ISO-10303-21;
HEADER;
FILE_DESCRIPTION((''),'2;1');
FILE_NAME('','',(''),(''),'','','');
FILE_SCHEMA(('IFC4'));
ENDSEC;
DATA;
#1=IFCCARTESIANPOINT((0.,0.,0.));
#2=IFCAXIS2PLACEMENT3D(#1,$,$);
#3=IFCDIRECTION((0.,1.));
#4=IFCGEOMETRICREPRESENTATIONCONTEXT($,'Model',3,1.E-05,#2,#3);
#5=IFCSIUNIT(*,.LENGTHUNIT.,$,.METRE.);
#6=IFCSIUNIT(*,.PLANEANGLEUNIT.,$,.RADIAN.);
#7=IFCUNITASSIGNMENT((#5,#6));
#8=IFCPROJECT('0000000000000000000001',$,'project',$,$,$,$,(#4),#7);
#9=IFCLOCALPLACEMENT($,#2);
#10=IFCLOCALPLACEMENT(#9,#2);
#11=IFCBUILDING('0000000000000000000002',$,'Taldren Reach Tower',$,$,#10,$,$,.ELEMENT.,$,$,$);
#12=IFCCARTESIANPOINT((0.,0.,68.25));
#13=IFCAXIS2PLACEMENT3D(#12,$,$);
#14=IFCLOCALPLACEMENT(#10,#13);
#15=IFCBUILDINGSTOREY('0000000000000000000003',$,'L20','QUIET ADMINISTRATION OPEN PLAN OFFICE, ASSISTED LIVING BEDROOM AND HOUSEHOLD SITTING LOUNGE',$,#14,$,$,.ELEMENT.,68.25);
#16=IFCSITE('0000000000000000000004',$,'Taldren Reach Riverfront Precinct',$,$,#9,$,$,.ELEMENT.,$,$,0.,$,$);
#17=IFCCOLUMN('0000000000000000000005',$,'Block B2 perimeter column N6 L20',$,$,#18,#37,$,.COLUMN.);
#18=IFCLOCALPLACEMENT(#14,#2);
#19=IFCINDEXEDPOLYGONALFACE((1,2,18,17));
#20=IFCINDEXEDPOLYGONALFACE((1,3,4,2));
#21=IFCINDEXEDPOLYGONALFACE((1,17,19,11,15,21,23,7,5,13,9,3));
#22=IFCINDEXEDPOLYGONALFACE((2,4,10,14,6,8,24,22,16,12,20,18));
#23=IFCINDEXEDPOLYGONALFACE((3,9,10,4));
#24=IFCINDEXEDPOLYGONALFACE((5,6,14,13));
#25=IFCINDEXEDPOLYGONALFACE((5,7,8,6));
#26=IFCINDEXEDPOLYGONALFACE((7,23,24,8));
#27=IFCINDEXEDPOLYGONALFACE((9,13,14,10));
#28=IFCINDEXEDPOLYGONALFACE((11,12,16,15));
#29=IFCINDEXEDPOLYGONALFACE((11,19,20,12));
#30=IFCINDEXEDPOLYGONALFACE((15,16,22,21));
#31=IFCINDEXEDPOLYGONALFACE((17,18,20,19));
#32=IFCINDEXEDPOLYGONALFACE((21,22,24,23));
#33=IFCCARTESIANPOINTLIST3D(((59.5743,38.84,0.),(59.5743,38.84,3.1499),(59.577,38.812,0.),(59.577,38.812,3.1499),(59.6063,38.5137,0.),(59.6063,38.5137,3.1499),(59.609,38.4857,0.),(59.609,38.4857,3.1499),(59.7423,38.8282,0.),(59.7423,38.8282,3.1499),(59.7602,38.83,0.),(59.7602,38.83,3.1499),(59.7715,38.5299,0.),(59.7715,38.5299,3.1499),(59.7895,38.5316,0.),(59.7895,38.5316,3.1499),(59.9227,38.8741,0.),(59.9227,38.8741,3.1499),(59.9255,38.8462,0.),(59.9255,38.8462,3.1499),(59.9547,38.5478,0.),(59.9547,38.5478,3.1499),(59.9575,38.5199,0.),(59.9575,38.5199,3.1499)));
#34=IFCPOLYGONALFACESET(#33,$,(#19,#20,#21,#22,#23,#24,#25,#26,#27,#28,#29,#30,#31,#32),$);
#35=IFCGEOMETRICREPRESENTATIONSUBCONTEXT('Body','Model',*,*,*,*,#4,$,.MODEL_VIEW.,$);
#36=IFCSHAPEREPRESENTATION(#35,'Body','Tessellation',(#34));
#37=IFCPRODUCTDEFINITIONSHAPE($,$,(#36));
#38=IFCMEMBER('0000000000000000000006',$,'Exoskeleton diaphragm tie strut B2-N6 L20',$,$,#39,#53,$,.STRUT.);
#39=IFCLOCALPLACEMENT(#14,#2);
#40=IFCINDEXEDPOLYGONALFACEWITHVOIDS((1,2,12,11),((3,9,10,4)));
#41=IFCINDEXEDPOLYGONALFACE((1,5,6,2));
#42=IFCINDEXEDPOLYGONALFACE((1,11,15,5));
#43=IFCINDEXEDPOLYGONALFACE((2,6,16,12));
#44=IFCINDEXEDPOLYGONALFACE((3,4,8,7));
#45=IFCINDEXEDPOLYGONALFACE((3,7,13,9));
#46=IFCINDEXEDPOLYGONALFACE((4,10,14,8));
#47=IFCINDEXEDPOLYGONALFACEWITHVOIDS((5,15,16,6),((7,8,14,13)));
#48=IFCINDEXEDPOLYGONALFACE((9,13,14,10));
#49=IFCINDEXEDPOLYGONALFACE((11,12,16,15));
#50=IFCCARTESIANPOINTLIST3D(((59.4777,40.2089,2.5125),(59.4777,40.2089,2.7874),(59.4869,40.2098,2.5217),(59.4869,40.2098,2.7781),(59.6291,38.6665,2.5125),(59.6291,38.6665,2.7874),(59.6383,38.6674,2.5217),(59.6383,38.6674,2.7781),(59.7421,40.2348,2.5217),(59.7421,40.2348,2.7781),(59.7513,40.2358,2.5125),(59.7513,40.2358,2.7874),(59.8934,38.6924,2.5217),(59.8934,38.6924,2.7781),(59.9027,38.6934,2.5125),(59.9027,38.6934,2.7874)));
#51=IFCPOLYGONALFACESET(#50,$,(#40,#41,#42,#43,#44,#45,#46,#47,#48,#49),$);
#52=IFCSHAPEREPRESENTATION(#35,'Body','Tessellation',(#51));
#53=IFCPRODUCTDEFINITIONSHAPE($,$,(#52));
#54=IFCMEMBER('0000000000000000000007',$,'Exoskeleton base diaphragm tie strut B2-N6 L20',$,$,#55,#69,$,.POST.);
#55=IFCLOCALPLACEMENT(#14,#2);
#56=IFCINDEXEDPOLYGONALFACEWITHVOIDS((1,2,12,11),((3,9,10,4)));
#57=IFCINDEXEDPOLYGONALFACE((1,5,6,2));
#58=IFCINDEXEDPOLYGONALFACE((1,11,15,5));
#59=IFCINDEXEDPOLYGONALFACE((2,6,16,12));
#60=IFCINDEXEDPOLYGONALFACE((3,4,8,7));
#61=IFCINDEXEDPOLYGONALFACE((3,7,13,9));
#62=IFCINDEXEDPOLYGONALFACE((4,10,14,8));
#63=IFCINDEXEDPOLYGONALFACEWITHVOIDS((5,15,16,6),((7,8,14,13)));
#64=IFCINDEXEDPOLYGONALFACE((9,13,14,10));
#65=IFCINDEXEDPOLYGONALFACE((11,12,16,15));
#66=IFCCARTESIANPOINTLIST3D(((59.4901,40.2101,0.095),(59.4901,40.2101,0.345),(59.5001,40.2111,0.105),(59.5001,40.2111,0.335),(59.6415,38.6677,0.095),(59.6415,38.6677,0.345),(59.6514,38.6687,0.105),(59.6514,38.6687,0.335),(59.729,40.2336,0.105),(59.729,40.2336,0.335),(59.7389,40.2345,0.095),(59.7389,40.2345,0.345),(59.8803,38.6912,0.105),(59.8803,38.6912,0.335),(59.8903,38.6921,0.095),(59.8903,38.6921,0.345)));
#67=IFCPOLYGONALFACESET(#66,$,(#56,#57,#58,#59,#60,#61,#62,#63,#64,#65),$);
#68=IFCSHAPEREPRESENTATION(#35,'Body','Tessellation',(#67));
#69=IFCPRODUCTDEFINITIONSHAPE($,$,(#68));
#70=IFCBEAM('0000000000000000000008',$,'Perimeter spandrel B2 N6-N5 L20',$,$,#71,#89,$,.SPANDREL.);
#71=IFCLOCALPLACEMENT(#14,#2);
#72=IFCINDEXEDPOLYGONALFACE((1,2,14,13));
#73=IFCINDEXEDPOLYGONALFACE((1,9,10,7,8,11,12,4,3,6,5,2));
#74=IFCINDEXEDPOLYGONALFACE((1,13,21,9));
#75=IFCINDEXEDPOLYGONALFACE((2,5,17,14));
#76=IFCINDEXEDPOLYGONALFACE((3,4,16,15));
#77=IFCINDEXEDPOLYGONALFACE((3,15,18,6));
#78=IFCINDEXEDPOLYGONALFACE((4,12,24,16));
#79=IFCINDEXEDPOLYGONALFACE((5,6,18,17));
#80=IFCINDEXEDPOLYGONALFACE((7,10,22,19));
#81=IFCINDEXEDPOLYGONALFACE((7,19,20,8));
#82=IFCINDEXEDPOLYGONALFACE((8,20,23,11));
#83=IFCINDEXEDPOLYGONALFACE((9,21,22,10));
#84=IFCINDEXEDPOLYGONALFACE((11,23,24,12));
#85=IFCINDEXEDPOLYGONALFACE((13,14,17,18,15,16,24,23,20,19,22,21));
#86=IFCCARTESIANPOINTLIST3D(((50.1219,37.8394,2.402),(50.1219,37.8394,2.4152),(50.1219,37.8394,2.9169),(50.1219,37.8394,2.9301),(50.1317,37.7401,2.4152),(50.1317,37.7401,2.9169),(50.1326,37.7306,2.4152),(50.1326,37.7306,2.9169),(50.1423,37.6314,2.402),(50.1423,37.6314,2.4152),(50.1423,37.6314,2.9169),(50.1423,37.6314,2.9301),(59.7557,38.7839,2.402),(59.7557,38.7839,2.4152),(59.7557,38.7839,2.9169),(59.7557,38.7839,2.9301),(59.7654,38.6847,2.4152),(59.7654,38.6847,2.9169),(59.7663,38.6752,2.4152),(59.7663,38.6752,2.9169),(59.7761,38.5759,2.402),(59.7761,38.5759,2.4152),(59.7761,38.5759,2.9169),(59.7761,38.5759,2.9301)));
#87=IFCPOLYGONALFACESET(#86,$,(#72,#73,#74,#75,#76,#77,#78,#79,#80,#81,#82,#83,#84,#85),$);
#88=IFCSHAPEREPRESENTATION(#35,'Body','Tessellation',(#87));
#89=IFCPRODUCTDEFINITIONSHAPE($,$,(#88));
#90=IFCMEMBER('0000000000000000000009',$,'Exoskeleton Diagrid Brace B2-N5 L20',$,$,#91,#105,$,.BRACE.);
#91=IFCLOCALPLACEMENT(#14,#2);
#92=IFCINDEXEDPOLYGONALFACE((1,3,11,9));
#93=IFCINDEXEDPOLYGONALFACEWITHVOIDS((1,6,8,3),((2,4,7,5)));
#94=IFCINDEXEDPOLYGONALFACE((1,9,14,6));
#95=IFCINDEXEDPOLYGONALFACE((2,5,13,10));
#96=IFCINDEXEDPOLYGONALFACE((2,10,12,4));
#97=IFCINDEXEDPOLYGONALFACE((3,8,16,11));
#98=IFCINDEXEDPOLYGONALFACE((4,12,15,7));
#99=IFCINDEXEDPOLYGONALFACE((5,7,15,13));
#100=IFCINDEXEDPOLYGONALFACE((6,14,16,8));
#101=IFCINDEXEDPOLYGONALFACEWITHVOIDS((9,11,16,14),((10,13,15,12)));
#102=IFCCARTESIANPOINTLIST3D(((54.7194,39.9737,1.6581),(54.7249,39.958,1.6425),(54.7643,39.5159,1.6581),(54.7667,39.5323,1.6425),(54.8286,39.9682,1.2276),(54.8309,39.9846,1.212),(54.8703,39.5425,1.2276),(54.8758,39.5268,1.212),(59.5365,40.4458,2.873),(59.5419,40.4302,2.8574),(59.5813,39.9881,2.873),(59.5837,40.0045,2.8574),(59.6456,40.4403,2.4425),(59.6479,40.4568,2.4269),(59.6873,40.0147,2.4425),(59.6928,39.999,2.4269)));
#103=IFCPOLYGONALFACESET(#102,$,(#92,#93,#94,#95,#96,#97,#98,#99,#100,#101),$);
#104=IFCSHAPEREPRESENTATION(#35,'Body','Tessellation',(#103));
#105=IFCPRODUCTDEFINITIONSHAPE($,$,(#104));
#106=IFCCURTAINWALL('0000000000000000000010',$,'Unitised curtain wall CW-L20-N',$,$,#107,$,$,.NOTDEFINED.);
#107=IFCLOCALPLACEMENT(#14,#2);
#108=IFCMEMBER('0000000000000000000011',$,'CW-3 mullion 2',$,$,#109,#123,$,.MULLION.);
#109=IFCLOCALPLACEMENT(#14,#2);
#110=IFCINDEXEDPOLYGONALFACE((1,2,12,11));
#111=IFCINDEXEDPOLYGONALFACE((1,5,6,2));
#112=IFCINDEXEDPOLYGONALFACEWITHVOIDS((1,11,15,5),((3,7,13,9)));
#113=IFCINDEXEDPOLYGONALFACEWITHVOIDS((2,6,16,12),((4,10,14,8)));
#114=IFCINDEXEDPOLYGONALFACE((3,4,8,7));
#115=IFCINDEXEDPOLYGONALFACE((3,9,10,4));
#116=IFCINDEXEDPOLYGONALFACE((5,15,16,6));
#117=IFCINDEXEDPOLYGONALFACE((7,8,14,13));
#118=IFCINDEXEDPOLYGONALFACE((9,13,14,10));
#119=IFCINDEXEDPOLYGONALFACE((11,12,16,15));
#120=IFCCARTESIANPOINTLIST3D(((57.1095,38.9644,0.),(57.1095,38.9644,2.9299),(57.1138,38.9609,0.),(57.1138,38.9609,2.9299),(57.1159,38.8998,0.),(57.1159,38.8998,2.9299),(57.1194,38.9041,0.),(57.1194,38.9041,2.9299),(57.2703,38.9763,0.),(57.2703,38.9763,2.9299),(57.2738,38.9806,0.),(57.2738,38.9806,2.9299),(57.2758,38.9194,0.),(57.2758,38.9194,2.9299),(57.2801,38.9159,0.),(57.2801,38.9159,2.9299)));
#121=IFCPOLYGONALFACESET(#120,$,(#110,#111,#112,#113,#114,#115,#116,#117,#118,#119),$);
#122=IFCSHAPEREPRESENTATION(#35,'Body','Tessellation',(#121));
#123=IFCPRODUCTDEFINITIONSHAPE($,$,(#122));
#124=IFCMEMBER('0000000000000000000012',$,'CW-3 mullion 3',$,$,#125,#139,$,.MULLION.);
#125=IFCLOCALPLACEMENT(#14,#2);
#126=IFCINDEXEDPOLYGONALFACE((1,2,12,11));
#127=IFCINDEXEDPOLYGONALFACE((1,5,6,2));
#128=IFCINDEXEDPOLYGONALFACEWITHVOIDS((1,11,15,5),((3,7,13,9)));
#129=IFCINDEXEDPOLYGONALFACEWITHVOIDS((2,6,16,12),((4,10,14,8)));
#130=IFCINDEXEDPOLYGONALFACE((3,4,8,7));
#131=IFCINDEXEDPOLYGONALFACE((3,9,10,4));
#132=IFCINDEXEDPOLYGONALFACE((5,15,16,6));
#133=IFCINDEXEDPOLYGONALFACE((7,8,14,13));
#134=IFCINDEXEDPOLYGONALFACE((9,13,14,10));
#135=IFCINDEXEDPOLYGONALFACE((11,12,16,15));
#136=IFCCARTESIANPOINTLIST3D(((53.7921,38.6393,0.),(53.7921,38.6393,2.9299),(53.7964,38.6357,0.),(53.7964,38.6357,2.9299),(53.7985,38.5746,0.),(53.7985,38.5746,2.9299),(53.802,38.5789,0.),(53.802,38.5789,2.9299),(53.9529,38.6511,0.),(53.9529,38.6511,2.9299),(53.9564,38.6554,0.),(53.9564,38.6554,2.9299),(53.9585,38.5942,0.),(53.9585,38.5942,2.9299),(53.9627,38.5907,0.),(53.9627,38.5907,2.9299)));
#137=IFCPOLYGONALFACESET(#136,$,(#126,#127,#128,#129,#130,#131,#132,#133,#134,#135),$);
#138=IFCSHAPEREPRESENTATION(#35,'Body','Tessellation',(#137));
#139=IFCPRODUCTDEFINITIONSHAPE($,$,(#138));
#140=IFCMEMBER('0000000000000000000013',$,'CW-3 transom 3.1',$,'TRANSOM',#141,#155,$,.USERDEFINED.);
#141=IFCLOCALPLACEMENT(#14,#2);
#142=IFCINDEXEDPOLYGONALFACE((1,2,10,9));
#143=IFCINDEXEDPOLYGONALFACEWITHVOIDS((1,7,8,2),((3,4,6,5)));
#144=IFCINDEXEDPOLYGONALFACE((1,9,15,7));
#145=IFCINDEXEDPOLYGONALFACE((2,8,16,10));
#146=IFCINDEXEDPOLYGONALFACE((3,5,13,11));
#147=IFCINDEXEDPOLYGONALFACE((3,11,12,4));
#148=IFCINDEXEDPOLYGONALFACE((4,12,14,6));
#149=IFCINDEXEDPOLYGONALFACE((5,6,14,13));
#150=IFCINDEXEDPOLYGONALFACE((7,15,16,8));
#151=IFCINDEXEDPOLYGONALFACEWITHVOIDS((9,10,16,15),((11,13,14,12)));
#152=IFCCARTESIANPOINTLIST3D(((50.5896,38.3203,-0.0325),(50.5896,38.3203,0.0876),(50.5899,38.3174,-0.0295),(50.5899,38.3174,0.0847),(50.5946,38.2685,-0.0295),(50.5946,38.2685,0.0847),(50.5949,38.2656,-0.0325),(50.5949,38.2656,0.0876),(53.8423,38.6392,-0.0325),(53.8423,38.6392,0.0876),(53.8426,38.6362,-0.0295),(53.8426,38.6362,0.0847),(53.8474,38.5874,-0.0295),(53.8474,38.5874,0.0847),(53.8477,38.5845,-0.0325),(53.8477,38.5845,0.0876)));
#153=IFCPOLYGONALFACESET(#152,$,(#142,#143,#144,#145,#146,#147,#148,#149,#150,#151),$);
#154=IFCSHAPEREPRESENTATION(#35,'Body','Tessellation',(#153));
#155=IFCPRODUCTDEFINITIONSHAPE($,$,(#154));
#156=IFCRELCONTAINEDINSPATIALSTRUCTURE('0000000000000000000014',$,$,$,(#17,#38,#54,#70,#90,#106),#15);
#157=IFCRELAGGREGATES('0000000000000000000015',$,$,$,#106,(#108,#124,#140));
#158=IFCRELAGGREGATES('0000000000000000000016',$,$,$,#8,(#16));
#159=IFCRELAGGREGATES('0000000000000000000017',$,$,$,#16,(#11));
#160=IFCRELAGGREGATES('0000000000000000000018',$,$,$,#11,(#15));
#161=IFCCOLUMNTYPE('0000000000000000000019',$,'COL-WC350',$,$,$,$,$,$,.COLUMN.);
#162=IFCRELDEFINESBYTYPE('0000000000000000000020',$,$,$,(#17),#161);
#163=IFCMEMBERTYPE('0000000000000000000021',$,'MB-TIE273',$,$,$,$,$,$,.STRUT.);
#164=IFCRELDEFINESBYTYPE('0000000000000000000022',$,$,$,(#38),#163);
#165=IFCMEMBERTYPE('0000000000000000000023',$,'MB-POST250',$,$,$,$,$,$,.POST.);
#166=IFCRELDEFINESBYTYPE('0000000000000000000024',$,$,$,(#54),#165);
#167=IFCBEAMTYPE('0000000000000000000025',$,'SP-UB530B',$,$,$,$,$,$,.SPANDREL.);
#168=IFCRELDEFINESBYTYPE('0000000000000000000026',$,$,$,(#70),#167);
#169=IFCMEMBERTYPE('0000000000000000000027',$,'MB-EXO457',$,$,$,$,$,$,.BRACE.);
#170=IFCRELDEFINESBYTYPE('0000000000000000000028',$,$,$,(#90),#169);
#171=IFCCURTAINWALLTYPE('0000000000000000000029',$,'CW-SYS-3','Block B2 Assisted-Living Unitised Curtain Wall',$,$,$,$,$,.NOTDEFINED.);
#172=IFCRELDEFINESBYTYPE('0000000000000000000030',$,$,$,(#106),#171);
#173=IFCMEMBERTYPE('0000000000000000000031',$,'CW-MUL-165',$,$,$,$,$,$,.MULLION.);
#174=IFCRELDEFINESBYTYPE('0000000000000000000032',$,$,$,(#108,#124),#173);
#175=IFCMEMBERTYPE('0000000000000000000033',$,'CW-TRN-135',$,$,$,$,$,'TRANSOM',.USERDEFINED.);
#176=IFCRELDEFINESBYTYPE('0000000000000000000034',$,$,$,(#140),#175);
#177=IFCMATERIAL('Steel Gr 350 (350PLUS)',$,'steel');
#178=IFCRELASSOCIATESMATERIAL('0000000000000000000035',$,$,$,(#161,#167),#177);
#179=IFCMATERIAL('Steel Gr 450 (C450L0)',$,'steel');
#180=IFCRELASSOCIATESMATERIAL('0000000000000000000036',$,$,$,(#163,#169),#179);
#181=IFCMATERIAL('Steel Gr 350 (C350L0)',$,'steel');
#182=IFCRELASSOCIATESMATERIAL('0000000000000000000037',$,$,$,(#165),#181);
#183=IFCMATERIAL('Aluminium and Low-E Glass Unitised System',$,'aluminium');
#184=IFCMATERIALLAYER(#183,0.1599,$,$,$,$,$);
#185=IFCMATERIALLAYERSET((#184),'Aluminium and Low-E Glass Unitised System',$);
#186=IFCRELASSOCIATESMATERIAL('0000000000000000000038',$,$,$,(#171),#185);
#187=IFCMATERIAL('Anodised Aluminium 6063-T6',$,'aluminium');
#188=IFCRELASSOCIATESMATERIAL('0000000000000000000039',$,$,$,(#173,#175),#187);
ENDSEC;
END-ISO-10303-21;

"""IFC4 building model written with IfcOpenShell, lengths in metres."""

from ifc_helpers import new_model, si_unit, direction, frame, origin, origin_2d, place, context, subcontext, project, spatial, hollow_rectangle, i_section, extrude, source, transform, mapped, material, layer, layer_set, material_profile, profile_set, type_object, element, aggregate, save


model = new_model("IFC4")

# Units and contexts
model_context = context("Model", 3, precision=1e-05, world=origin(), true_north=direction((0.0, 1.0)))
body_context = subcontext(model_context, "Body", "Model", "MODEL_VIEW")
ifc_project = project(units=[si_unit("LENGTHUNIT", "METRE"), si_unit("PLANEANGLEUNIT", "RADIAN")], contexts=[model_context])

# Site, building, storey
site_placement = place(None, origin())
site = spatial("IfcSite", under=ifc_project, at=site_placement, Name="Taldren Reach Riverfront Precinct", CompositionType="ELEMENT", RefElevation=0.0)
building_placement = place(site_placement, origin())
building = spatial("IfcBuilding", under=site, at=building_placement, Name="Taldren Reach Tower", CompositionType="ELEMENT")
storey_placement = place(building_placement, frame((0.0, 0.0, 68.25)))
storey = spatial("IfcBuildingStorey", under=building, at=storey_placement, Name="L20", Description="QUIET ADMINISTRATION OPEN PLAN OFFICE, ASSISTED LIVING BEDROOM AND HOUSEHOLD SITTING LOUNGE", CompositionType="ELEMENT", Elevation=68.25)

# Column
ifc_material_1 = material(Name="Steel Gr 350 (350PLUS)", Category="steel")
ifc_material_profile_1 = material_profile(ifc_material_1, i_section(OverallWidth=0.3501, OverallDepth=0.356, WebThickness=0.0181, FlangeThickness=0.0281, at=origin_2d()), Name="350WC197")
ifc_profile_set_1 = profile_set([ifc_material_profile_1], Name="Steel Gr 350 (350PLUS)")
column_type = type_object("IfcColumnType", Name="COL-WC350", PredefinedType="COLUMN", material=ifc_profile_set_1)
shared_shape_1 = source(origin(), body_context, "Body", "SweptSolid", [
    extrude(i_section(OverallWidth=0.3501, OverallDepth=0.356, WebThickness=0.0181, FlangeThickness=0.0281, at=origin_2d()), origin(), (0.0, 0.0, 1.0), 3.1499),
])
column_placement = place(storey_placement, frame((59.7659, 38.6799, 0.0), z_axis=(0.0, 0.0, 1.0), x_axis=(0.995227, 0.097583, 0.0)))
element("IfcColumn", 1, at=column_placement, inside=storey, type_object=column_type, Name="Block B2 perimeter column N6 L20", PredefinedType="COLUMN", context=body_context, shape_type="MappedRepresentation", body=[
    mapped(shared_shape_1, transform((0.0, 0.0, 0.0), scale=1.0)),
])

# Members
ifc_material_2 = material(Name="Steel Gr 450 (C450L0)", Category="steel")
ifc_material_profile_2 = material_profile(ifc_material_2, hollow_rectangle(XDim=0.2749, YDim=0.2749, WallThickness=0.0093, at=origin_2d()), Name="275x275x9.3SHS")
ifc_profile_set_2 = profile_set([ifc_material_profile_2], Name="Steel Gr 450 (C450L0)")
member_type_1 = type_object("IfcMemberType", Name="MB-TIE273", PredefinedType="STRUT", material=ifc_profile_set_2)
shared_shape_2 = source(origin(), body_context, "Body", "SweptSolid", [
    extrude(hollow_rectangle(XDim=0.2749, YDim=0.2749, WallThickness=0.0093, at=origin_2d()), origin(), (0.0, 0.0, 1.0), 1.5498),
])
member_1_placement = place(storey_placement, frame((59.7659, 38.6799, 2.6499), z_axis=(-0.097663, 0.99522, 0.0), x_axis=(-0.99522, -0.097663, 0.0)))
element("IfcMember", 2, at=member_1_placement, inside=storey, type_object=member_type_1, Name="Exoskeleton diaphragm tie strut B2-N6 L20", PredefinedType="STRUT", context=body_context, shape_type="MappedRepresentation", body=[
    mapped(shared_shape_2, transform((0.0, 0.0, 0.0), scale=1.0)),
])
ifc_material_3 = material(Name="Steel Gr 350 (C350L0)", Category="steel")
ifc_material_profile_3 = material_profile(ifc_material_3, hollow_rectangle(XDim=0.25, YDim=0.25, WallThickness=0.01, at=origin_2d()), Name="250x250x10.0SHS")
ifc_profile_set_3 = profile_set([ifc_material_profile_3], Name="Steel Gr 350 (C350L0)")
member_type_2 = type_object("IfcMemberType", Name="MB-POST250", PredefinedType="POST", material=ifc_profile_set_3)
shared_shape_3 = source(origin(), body_context, "Body", "SweptSolid", [
    extrude(hollow_rectangle(XDim=0.25, YDim=0.25, WallThickness=0.01, at=origin_2d()), origin(), (0.0, 0.0, 1.0), 1.5498),
])
member_2_placement = place(storey_placement, frame((59.7659, 38.6799, 0.22), z_axis=(-0.097663, 0.99522, 0.0), x_axis=(-0.99522, -0.097663, 0.0)))
element("IfcMember", 3, at=member_2_placement, inside=storey, type_object=member_type_2, Name="Exoskeleton base diaphragm tie strut B2-N6 L20", PredefinedType="POST", context=body_context, shape_type="MappedRepresentation", body=[
    mapped(shared_shape_3, transform((0.0, 0.0, 0.0), scale=1.0)),
])

# Beam
ifc_material_profile_4 = material_profile(ifc_material_1, i_section(OverallWidth=0.209, OverallDepth=0.5281, WebThickness=0.0095, FlangeThickness=0.0132, at=origin_2d()), Name="530UB82.0")
ifc_profile_set_4 = profile_set([ifc_material_profile_4], Name="Steel Gr 350 (350PLUS)")
beam_type = type_object("IfcBeamType", Name="SP-UB530B", PredefinedType="SPANDREL", material=ifc_profile_set_4)
shared_shape_4 = source(origin(), body_context, "Body", "SweptSolid", [
    extrude(i_section(OverallWidth=0.209, OverallDepth=0.5281, WebThickness=0.0095, FlangeThickness=0.0132, at=origin_2d()), origin(), (0.0, 0.0, 1.0), 9.6799),
])
beam_placement = place(storey_placement, frame((59.7659, 38.6799, 2.666), z_axis=(-0.995228, -0.097581, 0.0), x_axis=(0.097581, -0.995228, 0.0)))
element("IfcBeam", 4, at=beam_placement, inside=storey, type_object=beam_type, Name="Perimeter spandrel B2 N6-N5 L20", PredefinedType="SPANDREL", context=body_context, shape_type="MappedRepresentation", body=[
    mapped(shared_shape_4, transform((0.0, 0.0, 0.0), scale=1.0)),
])

# Member
ifc_material_profile_5 = material_profile(ifc_material_2, hollow_rectangle(XDim=0.46, YDim=0.46, WallThickness=0.0161, at=origin_2d()), Name="460x460x16.0SHS")
ifc_profile_set_5 = profile_set([ifc_material_profile_5], Name="Steel Gr 450 (C450L0)")
member_type_3 = type_object("IfcMemberType", Name="MB-EXO457", PredefinedType="BRACE", material=ifc_profile_set_5)
shared_shape_5 = source(origin(), body_context, "Body", "SweptSolid", [
    extrude(hollow_rectangle(XDim=0.46, YDim=0.46, WallThickness=0.0161, at=origin_2d()), origin(), (0.0, 0.0, 1.0), 4.9902),
])
member_3_placement = place(storey_placement, frame((54.7976, 39.7502, 1.4351), z_axis=(0.965287, 0.094621, 0.24345), x_axis=(-0.097556, 0.99523, 0.0)))
element("IfcMember", 5, at=member_3_placement, inside=storey, type_object=member_type_3, Name="Exoskeleton Diagrid Brace B2-N5 L20", PredefinedType="BRACE", context=body_context, shape_type="MappedRepresentation", body=[
    mapped(shared_shape_5, transform((0.0, 0.0, 0.0), scale=1.0)),
])

# Curtain wall, members
ifc_material_4 = material(Name="Aluminium and Low-E Glass Unitised System", Category="aluminium")
ifc_layer_1 = layer(ifc_material_4, 0.1599)
ifc_layer_set_1 = layer_set([ifc_layer_1], Name="Aluminium and Low-E Glass Unitised System")
curtain_wall_type = type_object("IfcCurtainWallType", Name="CW-SYS-3", Description="Block B2 Assisted-Living Unitised Curtain Wall", PredefinedType="NOTDEFINED", material=ifc_layer_set_1)
curtain_wall_placement = place(storey_placement, origin())
curtain_wall = element("IfcCurtainWall", 6, at=curtain_wall_placement, inside=storey, type_object=curtain_wall_type, Name="Unitised curtain wall CW-L20-N", PredefinedType="NOTDEFINED")
ifc_material_5 = material(Name="Anodised Aluminium 6063-T6", Category="aluminium")
ifc_material_profile_6 = material_profile(ifc_material_5, hollow_rectangle(XDim=0.0649, YDim=0.165, WallThickness=0.0039, at=origin_2d()), Name="ALU-165x65x4RHS")
ifc_profile_set_6 = profile_set([ifc_material_profile_6], Name="Anodised Aluminium 6063-T6")
member_type_4 = type_object("IfcMemberType", Name="CW-MUL-165", PredefinedType="MULLION", material=ifc_profile_set_6)
shared_shape_6 = source(origin(), body_context, "Body", "SweptSolid", [
    extrude(hollow_rectangle(XDim=0.0649, YDim=0.165, WallThickness=0.0039, at=origin_2d()), origin(), (0.0, 0.0, 1.0), 2.9299),
])
member_4_placement = place(storey_placement, frame((57.1948, 38.9402, 0.0), z_axis=(0.0, 0.0, 1.0), x_axis=(0.097583, -0.995227, 0.0)))
member_4 = element("IfcMember", 7, at=member_4_placement, type_object=member_type_4, Name="CW-3 mullion 2", PredefinedType="MULLION", context=body_context, shape_type="MappedRepresentation", body=[
    mapped(shared_shape_6, transform((0.0, 0.0, 0.0), scale=1.0)),
])
member_5_placement = place(storey_placement, frame((53.8774, 38.615, 0.0), z_axis=(0.0, 0.0, 1.0), x_axis=(0.097583, -0.995227, 0.0)))
member_5 = element("IfcMember", 8, at=member_5_placement, type_object=member_type_4, Name="CW-3 mullion 3", PredefinedType="MULLION", context=body_context, shape_type="MappedRepresentation", body=[
    mapped(shared_shape_6, transform((0.0, 0.0, 0.0), scale=1.0)),
])
ifc_material_profile_7 = material_profile(ifc_material_5, hollow_rectangle(XDim=0.0549, YDim=0.1201, WallThickness=0.0029, at=origin_2d()), Name="ALU-120x55x3RHS")
ifc_profile_set_7 = profile_set([ifc_material_profile_7], Name="Anodised Aluminium 6063-T6")
member_type_5 = type_object("IfcMemberType", Name="CW-TRN-135", ElementType="TRANSOM", PredefinedType="USERDEFINED", material=ifc_profile_set_7)
shared_shape_7 = source(origin(), body_context, "Body", "SweptSolid", [
    extrude(hollow_rectangle(XDim=0.0549, YDim=0.1201, WallThickness=0.0029, at=origin_2d()), origin(), (0.0, 0.0, 1.0), 3.2683),
])
member_6_placement = place(storey_placement, frame((53.845, 38.6118, 0.0276), z_axis=(-0.99523, -0.097558, 0.0), x_axis=(0.097558, -0.99523, 0.0)))
member_6 = element("IfcMember", 9, at=member_6_placement, type_object=member_type_5, Name="CW-3 transom 3.1", ObjectType="TRANSOM", PredefinedType="USERDEFINED", context=body_context, shape_type="MappedRepresentation", body=[
    mapped(shared_shape_7, transform((0.0, 0.0, 0.0), scale=1.0)),
])

aggregate(curtain_wall, [member_4, member_5, member_6])

save(model, "model.ifc")
